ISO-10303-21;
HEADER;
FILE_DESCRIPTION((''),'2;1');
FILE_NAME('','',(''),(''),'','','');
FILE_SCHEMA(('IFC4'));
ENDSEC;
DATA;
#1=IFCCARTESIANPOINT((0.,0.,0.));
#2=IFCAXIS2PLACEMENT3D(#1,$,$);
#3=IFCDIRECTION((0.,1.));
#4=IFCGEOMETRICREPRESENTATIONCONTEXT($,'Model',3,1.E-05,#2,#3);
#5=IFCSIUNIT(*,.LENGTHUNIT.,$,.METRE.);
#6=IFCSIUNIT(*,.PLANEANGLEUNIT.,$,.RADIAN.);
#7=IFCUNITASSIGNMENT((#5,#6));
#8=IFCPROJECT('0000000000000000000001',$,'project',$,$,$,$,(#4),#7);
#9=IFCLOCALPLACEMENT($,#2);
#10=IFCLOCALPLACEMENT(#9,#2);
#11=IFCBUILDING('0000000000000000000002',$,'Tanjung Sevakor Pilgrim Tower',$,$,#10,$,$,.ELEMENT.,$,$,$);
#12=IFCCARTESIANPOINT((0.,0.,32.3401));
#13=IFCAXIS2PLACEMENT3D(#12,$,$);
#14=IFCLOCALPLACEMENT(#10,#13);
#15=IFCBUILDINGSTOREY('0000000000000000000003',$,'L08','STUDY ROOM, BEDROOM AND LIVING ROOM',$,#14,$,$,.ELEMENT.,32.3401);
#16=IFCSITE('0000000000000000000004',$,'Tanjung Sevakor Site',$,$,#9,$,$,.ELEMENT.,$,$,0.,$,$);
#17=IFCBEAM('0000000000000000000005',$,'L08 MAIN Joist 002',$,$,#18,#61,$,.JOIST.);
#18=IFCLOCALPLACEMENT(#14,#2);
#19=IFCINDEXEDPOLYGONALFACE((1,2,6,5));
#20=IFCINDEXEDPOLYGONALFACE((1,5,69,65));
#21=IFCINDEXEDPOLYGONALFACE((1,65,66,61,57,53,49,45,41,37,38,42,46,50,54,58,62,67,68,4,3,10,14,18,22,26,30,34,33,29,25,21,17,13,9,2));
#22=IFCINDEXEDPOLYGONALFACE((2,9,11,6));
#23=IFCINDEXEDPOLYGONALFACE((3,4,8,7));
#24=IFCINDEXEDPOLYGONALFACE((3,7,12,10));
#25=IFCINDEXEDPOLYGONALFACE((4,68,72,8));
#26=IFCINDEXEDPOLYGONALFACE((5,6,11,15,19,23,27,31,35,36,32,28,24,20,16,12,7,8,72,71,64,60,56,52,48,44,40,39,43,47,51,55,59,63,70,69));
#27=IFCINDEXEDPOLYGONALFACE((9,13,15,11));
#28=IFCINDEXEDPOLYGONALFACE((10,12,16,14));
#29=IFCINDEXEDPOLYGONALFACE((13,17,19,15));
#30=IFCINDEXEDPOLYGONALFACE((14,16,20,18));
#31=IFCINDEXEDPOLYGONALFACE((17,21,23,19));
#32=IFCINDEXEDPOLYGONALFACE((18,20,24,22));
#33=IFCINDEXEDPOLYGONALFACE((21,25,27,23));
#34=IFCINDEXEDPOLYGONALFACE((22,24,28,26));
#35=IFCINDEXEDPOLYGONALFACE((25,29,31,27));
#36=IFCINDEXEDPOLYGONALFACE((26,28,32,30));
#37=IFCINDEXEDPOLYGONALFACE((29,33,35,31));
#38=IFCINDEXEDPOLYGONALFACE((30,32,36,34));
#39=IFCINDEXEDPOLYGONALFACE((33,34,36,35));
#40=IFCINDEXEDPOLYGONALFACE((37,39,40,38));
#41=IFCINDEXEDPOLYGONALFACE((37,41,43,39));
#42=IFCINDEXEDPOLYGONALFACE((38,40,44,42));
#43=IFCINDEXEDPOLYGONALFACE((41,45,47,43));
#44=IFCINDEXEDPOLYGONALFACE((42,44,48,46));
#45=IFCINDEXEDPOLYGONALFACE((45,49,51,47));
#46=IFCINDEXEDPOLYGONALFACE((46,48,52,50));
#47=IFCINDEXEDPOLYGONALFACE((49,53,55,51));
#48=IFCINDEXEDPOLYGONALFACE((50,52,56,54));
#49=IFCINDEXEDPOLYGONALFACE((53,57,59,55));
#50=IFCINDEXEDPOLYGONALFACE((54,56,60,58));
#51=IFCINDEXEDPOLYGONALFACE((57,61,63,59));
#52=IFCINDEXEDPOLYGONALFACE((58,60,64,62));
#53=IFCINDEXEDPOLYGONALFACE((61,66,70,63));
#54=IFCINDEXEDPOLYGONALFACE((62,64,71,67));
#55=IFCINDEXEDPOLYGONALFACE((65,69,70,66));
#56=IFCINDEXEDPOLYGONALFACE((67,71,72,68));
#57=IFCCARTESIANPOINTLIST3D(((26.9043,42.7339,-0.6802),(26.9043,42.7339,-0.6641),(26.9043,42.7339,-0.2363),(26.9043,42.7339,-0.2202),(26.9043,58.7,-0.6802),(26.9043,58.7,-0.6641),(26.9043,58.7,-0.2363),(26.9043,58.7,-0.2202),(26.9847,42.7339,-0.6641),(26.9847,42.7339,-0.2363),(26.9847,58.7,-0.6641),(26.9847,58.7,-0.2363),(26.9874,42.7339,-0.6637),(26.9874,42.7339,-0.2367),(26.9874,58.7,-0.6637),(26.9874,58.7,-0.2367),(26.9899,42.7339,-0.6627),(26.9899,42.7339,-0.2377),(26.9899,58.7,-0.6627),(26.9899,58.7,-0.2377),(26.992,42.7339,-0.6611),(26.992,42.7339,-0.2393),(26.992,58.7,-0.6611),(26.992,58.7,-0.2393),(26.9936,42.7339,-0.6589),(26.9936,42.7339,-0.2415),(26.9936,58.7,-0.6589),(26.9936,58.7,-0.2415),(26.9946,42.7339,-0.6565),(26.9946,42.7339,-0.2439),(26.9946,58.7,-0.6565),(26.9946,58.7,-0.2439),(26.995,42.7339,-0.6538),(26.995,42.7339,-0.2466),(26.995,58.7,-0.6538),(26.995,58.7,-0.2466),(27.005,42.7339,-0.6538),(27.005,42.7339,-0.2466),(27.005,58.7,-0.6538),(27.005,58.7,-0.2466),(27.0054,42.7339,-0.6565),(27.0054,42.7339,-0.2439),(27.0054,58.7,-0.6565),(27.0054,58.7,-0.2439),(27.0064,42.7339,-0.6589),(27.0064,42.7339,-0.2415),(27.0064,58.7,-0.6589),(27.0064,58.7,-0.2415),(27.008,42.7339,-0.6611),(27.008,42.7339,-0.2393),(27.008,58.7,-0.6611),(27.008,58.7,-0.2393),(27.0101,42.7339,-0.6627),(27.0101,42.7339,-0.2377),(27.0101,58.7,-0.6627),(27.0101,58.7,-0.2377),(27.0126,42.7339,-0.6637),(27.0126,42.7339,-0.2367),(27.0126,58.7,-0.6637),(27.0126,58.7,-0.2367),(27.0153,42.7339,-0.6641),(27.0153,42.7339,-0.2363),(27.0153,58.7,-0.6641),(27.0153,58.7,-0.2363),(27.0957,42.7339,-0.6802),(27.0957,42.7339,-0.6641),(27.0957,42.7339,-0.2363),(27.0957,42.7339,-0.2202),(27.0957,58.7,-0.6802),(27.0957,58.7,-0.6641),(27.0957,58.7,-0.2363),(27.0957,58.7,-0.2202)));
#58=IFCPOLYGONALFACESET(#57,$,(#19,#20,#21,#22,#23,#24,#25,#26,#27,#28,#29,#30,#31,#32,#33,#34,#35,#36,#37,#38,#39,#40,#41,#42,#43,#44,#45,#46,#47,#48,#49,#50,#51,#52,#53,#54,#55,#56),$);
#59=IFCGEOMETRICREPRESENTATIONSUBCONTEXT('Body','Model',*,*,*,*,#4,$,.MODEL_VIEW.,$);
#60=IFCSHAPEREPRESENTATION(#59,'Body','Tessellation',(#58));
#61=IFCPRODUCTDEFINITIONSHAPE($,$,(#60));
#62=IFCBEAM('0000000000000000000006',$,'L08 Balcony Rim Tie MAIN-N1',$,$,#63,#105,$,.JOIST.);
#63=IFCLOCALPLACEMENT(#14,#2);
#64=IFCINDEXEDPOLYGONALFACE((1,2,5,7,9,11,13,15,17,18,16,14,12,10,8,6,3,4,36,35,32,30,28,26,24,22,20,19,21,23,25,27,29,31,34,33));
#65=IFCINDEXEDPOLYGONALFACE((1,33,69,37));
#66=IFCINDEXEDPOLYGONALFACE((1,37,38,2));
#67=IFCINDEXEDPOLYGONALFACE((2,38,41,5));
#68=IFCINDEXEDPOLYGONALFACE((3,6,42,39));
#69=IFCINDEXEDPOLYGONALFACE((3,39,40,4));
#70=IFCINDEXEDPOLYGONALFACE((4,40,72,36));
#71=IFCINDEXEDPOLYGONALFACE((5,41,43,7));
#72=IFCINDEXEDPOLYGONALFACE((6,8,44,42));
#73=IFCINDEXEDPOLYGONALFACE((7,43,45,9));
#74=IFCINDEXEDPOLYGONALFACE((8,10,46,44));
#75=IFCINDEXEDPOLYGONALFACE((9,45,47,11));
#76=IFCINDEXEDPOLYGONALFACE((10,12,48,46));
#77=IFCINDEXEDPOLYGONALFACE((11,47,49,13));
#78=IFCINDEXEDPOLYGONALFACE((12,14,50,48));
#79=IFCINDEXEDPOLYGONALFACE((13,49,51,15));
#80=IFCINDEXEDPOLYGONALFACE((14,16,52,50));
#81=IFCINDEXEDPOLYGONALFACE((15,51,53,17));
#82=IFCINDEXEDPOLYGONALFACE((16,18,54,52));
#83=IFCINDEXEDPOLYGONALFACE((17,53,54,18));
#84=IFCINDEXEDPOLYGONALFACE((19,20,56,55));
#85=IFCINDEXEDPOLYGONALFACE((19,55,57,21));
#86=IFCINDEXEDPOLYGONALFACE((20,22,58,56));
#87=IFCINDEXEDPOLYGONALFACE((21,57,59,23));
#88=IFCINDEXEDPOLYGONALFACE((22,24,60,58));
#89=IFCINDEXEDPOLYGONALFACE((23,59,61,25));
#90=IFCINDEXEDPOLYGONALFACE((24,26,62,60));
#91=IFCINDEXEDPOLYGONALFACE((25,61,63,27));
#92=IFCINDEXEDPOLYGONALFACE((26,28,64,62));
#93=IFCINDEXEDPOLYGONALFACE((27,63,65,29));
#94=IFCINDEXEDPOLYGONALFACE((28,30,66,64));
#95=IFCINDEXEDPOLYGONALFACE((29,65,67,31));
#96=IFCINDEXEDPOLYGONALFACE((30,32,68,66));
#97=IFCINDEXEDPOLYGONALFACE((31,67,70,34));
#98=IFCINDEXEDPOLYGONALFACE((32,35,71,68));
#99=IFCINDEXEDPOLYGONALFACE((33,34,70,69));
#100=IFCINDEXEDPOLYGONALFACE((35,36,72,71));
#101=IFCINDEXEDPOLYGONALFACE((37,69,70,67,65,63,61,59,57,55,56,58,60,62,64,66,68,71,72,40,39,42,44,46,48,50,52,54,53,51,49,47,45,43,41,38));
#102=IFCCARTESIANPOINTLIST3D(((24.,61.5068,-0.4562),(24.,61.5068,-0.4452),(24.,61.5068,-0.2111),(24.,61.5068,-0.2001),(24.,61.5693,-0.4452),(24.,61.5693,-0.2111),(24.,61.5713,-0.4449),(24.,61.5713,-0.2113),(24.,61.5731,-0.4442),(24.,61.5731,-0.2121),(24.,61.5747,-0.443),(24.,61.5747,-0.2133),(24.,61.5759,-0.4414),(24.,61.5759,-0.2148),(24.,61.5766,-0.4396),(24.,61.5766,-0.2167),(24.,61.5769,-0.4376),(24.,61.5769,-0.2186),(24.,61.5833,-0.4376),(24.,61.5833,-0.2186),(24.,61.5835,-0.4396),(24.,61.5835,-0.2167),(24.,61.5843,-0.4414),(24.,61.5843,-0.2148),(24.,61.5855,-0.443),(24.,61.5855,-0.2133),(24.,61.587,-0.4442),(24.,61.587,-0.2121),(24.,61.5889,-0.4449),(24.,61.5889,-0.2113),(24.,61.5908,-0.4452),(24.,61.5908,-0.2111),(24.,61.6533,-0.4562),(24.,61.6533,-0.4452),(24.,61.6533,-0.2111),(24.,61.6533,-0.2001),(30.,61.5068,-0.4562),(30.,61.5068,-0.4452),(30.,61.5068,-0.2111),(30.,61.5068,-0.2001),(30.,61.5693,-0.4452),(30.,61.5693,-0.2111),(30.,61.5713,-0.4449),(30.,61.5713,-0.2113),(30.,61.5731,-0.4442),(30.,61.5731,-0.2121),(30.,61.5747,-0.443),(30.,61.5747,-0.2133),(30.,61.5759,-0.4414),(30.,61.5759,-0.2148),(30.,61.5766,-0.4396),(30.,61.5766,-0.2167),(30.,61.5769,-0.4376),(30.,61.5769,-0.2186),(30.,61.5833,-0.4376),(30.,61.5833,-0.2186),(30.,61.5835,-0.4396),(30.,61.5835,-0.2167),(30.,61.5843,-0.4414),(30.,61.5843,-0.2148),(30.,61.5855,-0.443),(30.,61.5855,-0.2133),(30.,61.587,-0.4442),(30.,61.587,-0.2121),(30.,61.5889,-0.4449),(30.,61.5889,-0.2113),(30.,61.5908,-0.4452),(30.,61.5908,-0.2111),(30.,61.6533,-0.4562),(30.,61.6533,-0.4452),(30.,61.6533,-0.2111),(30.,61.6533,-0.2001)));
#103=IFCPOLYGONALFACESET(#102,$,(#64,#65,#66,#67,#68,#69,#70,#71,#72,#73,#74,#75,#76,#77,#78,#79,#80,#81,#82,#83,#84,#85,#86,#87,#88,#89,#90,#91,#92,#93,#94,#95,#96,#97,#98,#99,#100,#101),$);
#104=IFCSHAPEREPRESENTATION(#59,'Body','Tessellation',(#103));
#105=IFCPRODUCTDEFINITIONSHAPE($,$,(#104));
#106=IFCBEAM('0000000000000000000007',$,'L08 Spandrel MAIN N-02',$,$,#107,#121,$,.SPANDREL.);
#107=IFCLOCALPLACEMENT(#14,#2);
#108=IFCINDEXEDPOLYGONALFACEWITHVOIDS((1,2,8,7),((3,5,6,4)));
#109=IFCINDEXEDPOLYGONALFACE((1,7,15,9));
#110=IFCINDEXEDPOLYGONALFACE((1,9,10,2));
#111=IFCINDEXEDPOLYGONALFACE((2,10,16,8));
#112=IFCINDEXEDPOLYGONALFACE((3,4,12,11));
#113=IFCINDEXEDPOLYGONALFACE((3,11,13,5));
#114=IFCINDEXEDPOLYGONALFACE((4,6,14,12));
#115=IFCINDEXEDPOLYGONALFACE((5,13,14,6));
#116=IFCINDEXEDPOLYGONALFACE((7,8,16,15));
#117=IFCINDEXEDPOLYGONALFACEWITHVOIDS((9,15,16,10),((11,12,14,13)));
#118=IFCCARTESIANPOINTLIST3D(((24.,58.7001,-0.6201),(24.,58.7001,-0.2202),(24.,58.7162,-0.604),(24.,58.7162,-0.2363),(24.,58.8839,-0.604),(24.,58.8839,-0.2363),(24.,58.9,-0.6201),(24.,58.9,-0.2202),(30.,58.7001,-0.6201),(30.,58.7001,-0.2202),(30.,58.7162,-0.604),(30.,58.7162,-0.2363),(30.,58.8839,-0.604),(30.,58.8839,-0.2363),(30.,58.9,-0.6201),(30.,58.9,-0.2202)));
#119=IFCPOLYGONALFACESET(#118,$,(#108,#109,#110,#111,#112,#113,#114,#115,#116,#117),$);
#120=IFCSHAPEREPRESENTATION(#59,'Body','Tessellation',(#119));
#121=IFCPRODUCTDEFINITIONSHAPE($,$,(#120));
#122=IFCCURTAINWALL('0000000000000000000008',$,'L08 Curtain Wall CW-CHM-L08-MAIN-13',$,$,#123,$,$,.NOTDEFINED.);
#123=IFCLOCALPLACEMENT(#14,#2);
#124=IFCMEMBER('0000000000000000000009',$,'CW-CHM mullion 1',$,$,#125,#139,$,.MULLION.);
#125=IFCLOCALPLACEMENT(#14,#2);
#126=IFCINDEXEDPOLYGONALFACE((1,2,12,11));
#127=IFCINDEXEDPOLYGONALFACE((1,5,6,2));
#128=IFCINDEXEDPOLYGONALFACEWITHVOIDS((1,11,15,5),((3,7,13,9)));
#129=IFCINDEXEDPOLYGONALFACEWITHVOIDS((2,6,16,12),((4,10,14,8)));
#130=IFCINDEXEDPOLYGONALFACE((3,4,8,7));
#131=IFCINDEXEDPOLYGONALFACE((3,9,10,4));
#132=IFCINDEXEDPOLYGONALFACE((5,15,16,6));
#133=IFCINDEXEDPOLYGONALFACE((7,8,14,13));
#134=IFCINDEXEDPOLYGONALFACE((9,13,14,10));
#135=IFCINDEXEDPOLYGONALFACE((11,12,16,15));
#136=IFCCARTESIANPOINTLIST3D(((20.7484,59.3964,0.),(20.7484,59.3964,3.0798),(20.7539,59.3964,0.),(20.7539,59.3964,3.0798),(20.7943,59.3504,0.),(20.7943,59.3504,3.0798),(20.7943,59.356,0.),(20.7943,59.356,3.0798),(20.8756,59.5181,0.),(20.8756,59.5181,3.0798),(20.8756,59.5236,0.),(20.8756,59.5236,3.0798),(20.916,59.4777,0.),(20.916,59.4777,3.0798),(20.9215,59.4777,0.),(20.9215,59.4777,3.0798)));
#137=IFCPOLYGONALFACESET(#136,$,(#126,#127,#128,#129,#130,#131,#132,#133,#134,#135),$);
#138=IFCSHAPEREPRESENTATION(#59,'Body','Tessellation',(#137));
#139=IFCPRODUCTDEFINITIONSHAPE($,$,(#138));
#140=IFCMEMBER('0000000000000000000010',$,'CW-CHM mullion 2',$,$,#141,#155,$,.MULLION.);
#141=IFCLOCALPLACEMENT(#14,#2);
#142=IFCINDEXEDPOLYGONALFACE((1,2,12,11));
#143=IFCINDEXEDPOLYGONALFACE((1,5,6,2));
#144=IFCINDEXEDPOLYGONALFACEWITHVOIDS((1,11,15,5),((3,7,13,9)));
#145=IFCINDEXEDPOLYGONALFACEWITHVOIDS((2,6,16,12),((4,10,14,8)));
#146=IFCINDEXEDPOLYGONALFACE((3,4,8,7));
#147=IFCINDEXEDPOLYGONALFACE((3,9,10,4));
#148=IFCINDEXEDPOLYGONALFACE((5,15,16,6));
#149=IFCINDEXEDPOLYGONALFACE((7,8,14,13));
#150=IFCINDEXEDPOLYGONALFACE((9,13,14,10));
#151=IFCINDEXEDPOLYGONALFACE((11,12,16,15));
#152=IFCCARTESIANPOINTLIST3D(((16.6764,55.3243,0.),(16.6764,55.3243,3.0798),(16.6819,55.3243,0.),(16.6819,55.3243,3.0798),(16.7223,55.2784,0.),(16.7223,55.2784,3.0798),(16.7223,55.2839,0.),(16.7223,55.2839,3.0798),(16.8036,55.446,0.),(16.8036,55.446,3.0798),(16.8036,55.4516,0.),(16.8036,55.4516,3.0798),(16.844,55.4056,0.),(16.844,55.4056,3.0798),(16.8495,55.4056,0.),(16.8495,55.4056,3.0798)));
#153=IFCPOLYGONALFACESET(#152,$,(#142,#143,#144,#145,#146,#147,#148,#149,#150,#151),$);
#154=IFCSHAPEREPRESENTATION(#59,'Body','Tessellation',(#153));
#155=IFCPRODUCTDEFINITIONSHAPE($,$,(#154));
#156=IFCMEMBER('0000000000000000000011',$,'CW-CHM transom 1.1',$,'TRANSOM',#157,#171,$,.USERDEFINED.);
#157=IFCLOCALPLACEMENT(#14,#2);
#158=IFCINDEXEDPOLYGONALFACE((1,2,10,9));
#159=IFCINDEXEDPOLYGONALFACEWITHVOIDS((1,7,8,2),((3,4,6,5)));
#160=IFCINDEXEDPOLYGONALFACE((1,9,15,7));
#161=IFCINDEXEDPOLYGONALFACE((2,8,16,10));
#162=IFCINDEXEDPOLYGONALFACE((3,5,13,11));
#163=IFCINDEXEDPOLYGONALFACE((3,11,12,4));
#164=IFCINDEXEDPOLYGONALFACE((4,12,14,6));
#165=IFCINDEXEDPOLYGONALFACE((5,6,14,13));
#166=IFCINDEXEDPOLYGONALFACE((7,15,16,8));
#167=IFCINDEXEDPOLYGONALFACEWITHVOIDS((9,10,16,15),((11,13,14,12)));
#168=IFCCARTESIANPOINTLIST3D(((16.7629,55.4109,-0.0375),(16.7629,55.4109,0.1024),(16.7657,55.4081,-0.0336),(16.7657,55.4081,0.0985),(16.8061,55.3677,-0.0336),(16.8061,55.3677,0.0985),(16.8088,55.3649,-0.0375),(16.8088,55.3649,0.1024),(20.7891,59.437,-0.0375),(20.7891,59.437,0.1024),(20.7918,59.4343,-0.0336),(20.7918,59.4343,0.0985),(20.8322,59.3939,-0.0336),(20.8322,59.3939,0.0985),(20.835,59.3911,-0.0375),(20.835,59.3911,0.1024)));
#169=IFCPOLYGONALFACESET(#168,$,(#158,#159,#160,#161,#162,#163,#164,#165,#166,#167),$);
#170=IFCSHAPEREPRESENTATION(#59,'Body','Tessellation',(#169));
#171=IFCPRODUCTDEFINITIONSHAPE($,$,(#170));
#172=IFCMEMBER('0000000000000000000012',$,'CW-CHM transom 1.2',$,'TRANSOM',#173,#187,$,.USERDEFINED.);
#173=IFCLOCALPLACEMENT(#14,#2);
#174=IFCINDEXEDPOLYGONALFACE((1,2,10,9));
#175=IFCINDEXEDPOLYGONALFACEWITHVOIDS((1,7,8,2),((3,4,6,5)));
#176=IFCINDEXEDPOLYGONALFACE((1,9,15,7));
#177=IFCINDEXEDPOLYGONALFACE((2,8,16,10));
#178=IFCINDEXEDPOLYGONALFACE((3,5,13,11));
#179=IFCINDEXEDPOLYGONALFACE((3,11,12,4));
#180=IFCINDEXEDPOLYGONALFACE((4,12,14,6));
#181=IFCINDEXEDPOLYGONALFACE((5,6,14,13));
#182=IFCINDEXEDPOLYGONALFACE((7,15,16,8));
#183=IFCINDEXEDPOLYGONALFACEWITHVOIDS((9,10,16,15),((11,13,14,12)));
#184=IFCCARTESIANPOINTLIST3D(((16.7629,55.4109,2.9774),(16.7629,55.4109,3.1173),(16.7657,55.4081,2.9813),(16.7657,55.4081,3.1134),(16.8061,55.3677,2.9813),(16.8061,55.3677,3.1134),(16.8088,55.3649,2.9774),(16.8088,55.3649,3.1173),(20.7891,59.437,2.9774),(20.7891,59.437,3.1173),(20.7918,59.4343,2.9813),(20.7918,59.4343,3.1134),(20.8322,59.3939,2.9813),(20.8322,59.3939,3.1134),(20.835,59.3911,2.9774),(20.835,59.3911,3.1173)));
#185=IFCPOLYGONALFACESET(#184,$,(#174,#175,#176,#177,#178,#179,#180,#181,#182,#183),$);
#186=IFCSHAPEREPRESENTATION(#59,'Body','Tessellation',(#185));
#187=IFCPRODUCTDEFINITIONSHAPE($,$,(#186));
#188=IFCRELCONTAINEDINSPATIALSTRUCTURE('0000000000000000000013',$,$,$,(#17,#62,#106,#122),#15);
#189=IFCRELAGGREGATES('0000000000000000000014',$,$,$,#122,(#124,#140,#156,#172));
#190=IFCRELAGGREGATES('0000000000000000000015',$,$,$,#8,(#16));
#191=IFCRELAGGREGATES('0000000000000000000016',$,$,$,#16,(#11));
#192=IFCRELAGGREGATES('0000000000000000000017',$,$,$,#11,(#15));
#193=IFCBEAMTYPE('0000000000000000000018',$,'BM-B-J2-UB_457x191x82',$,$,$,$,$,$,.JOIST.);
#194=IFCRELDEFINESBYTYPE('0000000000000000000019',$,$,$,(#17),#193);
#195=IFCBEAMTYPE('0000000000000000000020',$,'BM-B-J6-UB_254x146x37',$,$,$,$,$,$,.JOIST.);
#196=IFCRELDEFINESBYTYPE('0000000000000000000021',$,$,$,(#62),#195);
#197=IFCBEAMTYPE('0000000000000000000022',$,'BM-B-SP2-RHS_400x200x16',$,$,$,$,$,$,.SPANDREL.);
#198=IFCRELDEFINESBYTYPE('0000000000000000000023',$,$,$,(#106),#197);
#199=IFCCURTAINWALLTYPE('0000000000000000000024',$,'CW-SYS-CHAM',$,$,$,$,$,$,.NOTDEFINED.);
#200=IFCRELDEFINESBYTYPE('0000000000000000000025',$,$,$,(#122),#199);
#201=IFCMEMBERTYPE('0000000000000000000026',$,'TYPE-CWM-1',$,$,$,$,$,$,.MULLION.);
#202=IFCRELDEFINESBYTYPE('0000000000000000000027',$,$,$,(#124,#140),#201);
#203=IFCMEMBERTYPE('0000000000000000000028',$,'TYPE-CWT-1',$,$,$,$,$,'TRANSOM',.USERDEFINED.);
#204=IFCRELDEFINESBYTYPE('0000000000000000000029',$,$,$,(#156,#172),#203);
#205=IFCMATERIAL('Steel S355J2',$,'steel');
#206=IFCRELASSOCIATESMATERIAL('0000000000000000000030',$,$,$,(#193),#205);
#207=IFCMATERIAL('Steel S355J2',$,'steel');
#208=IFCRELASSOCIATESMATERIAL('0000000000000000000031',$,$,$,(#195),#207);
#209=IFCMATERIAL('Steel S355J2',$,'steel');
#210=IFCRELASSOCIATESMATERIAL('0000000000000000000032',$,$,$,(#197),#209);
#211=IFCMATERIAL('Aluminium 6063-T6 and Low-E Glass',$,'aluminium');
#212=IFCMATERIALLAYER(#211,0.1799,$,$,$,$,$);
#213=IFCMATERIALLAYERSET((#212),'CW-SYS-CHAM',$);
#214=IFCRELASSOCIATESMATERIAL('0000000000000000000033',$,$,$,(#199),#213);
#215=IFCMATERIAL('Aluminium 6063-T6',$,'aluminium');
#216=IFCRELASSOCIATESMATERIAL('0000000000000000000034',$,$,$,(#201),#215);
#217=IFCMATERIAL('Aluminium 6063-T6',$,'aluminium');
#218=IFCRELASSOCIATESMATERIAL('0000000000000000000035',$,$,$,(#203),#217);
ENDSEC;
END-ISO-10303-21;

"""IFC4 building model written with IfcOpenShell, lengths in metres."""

from ifc_helpers import new_model, si_unit, direction, frame, origin, origin_2d, place, context, subcontext, project, spatial, hollow_rectangle, i_section, extrude, material, layer, layer_set, material_profile, profile_set, type_object, element, aggregate, save


model = new_model("IFC4")

# Units and contexts
model_context = context("Model", 3, precision=1e-05, world=origin(), true_north=direction((0.0, 1.0)))
body_context = subcontext(model_context, "Body", "Model", "MODEL_VIEW")
ifc_project = project(units=[si_unit("LENGTHUNIT", "METRE"), si_unit("PLANEANGLEUNIT", "RADIAN")], contexts=[model_context])

# Site, building, storey
site_placement = place(None, origin())
site = spatial("IfcSite", under=ifc_project, at=site_placement, Name="Tanjung Sevakor Site", CompositionType="ELEMENT", RefElevation=0.0)
building_placement = place(site_placement, origin())
building = spatial("IfcBuilding", under=site, at=building_placement, Name="Tanjung Sevakor Pilgrim Tower", CompositionType="ELEMENT")
storey_placement = place(building_placement, frame((0.0, 0.0, 32.3401)))
storey = spatial("IfcBuildingStorey", under=building, at=storey_placement, Name="L08", Description="STUDY ROOM, BEDROOM AND LIVING ROOM", CompositionType="ELEMENT", Elevation=32.3401)

# Beams
ifc_material_1 = material(Name="Steel S355J2", Category="steel")
ifc_material_profile_1 = material_profile(ifc_material_1, i_section(OverallWidth=0.1914, OverallDepth=0.46, WebThickness=0.01, FlangeThickness=0.0161, FilletRadius=0.0103, at=origin_2d()))
ifc_profile_set_1 = profile_set([ifc_material_profile_1], Name="Steel S355J2")
beam_type_1 = type_object("IfcBeamType", Name="BM-B-J2-UB_457x191x82", PredefinedType="JOIST", material=ifc_profile_set_1)
beam_1_placement = place(storey_placement, frame((27.0, 42.7339, -0.4502), z_axis=(0.0, 1.0, 0.0), x_axis=(-1.0, 0.0, 0.0)))
element("IfcBeam", 1, at=beam_1_placement, inside=storey, type_object=beam_type_1, Name="L08 MAIN Joist 002", PredefinedType="JOIST", context=body_context, shape_type="SweptSolid", body=[
    extrude(i_section(OverallWidth=0.1914, OverallDepth=0.46, WebThickness=0.01, FlangeThickness=0.0161, FilletRadius=0.0103, at=origin_2d()), origin(), (0.0, 0.0, 1.0), 15.9661),
])
ifc_material_2 = material(Name="Steel S355J2", Category="steel")
ifc_material_profile_2 = material_profile(ifc_material_2, i_section(OverallWidth=0.1465, OverallDepth=0.2561, WebThickness=0.0063, FlangeThickness=0.011, FilletRadius=0.0076, at=origin_2d()))
ifc_profile_set_2 = profile_set([ifc_material_profile_2], Name="Steel S355J2")
beam_type_2 = type_object("IfcBeamType", Name="BM-B-J6-UB_254x146x37", PredefinedType="JOIST", material=ifc_profile_set_2)
beam_2_placement = place(storey_placement, frame((24.0, 61.5801, -0.3281), z_axis=(1.0, 0.0, 0.0), x_axis=(0.0, 1.0, 0.0)))
element("IfcBeam", 2, at=beam_2_placement, inside=storey, type_object=beam_type_2, Name="L08 Balcony Rim Tie MAIN-N1", PredefinedType="JOIST", context=body_context, shape_type="SweptSolid", body=[
    extrude(i_section(OverallWidth=0.1465, OverallDepth=0.2561, WebThickness=0.0063, FlangeThickness=0.011, FilletRadius=0.0076, at=origin_2d()), origin(), (0.0, 0.0, 1.0), 6.0),
])
ifc_material_3 = material(Name="Steel S355J2", Category="steel")
ifc_material_profile_3 = material_profile(ifc_material_3, hollow_rectangle(XDim=0.2, YDim=0.3999, WallThickness=0.0161, at=origin_2d()))
ifc_profile_set_3 = profile_set([ifc_material_profile_3], Name="Steel S355J2")
beam_type_3 = type_object("IfcBeamType", Name="BM-B-SP2-RHS_400x200x16", PredefinedType="SPANDREL", material=ifc_profile_set_3)
beam_3_placement = place(storey_placement, frame((24.0, 58.8, -0.4202), z_axis=(1.0, 0.0, 0.0), x_axis=(0.0, 1.0, 0.0)))
element("IfcBeam", 3, at=beam_3_placement, inside=storey, type_object=beam_type_3, Name="L08 Spandrel MAIN N-02", PredefinedType="SPANDREL", context=body_context, shape_type="SweptSolid", body=[
    extrude(hollow_rectangle(XDim=0.2, YDim=0.3999, WallThickness=0.0161, at=origin_2d()), origin(), (0.0, 0.0, 1.0), 6.0),
])

# Curtain wall, members
ifc_material_4 = material(Name="Aluminium 6063-T6 and Low-E Glass", Category="aluminium")
ifc_layer_1 = layer(ifc_material_4, 0.1799)
ifc_layer_set_1 = layer_set([ifc_layer_1], Name="CW-SYS-CHAM")
curtain_wall_type = type_object("IfcCurtainWallType", Name="CW-SYS-CHAM", PredefinedType="NOTDEFINED", material=ifc_layer_set_1)
curtain_wall_placement = place(storey_placement, origin())
curtain_wall = element("IfcCurtainWall", 4, at=curtain_wall_placement, inside=storey, type_object=curtain_wall_type, Name="L08 Curtain Wall CW-CHM-L08-MAIN-13", PredefinedType="NOTDEFINED")
ifc_material_5 = material(Name="Aluminium 6063-T6", Category="aluminium")
ifc_material_profile_4 = material_profile(ifc_material_5, hollow_rectangle(XDim=0.0649, YDim=0.1799, WallThickness=0.0039, at=origin_2d()))
ifc_profile_set_4 = profile_set([ifc_material_profile_4], Name="Aluminium 6063-T6")
member_type_1 = type_object("IfcMemberType", Name="TYPE-CWM-1", PredefinedType="MULLION", material=ifc_profile_set_4)
member_1_placement = place(storey_placement, frame((20.835, 59.437, 0.0), z_axis=(0.0, 0.0, 1.0), x_axis=(0.707107, -0.707107, 0.0)))
member_1 = element("IfcMember", 5, at=member_1_placement, type_object=member_type_1, Name="CW-CHM mullion 1", PredefinedType="MULLION", context=body_context, shape_type="SweptSolid", body=[
    extrude(hollow_rectangle(XDim=0.0649, YDim=0.1799, WallThickness=0.0039, at=origin_2d()), origin(), (0.0, 0.0, 1.0), 3.0798),
])
member_2_placement = place(storey_placement, frame((16.7629, 55.365, 0.0), z_axis=(0.0, 0.0, 1.0), x_axis=(0.707107, -0.707107, 0.0)))
member_2 = element("IfcMember", 6, at=member_2_placement, type_object=member_type_1, Name="CW-CHM mullion 2", PredefinedType="MULLION", context=body_context, shape_type="SweptSolid", body=[
    extrude(hollow_rectangle(XDim=0.0649, YDim=0.1799, WallThickness=0.0039, at=origin_2d()), origin(), (0.0, 0.0, 1.0), 3.0798),
])
ifc_material_6 = material(Name="Aluminium 6063-T6", Category="aluminium")
ifc_material_profile_5 = material_profile(ifc_material_6, hollow_rectangle(XDim=0.0649, YDim=0.1399, WallThickness=0.0039, at=origin_2d()))
ifc_profile_set_5 = profile_set([ifc_material_profile_5], Name="Aluminium 6063-T6")
member_type_2 = type_object("IfcMemberType", Name="TYPE-CWT-1", ElementType="TRANSOM", PredefinedType="USERDEFINED", material=ifc_profile_set_5)
member_3_placement = place(storey_placement, frame((20.812, 59.4141, 0.0325), z_axis=(-0.707107, -0.707107, 0.0), x_axis=(0.707107, -0.707107, 0.0)))
member_3 = element("IfcMember", 7, at=member_3_placement, type_object=member_type_2, Name="CW-CHM transom 1.1", ObjectType="TRANSOM", PredefinedType="USERDEFINED", context=body_context, shape_type="SweptSolid", body=[
    extrude(hollow_rectangle(XDim=0.0649, YDim=0.1399, WallThickness=0.0039, at=origin_2d()), origin(), (0.0, 0.0, 1.0), 5.6938),
])
member_4_placement = place(storey_placement, frame((20.812, 59.4141, 3.0474), z_axis=(-0.707107, -0.707107, 0.0), x_axis=(0.707107, -0.707107, 0.0)))
member_4 = element("IfcMember", 8, at=member_4_placement, type_object=member_type_2, Name="CW-CHM transom 1.2", ObjectType="TRANSOM", PredefinedType="USERDEFINED", context=body_context, shape_type="SweptSolid", body=[
    extrude(hollow_rectangle(XDim=0.0649, YDim=0.1399, WallThickness=0.0039, at=origin_2d()), origin(), (0.0, 0.0, 1.0), 5.6938),
])
aggregate(curtain_wall, [member_1, member_2, member_3, member_4])

save(model, "model.ifc")
